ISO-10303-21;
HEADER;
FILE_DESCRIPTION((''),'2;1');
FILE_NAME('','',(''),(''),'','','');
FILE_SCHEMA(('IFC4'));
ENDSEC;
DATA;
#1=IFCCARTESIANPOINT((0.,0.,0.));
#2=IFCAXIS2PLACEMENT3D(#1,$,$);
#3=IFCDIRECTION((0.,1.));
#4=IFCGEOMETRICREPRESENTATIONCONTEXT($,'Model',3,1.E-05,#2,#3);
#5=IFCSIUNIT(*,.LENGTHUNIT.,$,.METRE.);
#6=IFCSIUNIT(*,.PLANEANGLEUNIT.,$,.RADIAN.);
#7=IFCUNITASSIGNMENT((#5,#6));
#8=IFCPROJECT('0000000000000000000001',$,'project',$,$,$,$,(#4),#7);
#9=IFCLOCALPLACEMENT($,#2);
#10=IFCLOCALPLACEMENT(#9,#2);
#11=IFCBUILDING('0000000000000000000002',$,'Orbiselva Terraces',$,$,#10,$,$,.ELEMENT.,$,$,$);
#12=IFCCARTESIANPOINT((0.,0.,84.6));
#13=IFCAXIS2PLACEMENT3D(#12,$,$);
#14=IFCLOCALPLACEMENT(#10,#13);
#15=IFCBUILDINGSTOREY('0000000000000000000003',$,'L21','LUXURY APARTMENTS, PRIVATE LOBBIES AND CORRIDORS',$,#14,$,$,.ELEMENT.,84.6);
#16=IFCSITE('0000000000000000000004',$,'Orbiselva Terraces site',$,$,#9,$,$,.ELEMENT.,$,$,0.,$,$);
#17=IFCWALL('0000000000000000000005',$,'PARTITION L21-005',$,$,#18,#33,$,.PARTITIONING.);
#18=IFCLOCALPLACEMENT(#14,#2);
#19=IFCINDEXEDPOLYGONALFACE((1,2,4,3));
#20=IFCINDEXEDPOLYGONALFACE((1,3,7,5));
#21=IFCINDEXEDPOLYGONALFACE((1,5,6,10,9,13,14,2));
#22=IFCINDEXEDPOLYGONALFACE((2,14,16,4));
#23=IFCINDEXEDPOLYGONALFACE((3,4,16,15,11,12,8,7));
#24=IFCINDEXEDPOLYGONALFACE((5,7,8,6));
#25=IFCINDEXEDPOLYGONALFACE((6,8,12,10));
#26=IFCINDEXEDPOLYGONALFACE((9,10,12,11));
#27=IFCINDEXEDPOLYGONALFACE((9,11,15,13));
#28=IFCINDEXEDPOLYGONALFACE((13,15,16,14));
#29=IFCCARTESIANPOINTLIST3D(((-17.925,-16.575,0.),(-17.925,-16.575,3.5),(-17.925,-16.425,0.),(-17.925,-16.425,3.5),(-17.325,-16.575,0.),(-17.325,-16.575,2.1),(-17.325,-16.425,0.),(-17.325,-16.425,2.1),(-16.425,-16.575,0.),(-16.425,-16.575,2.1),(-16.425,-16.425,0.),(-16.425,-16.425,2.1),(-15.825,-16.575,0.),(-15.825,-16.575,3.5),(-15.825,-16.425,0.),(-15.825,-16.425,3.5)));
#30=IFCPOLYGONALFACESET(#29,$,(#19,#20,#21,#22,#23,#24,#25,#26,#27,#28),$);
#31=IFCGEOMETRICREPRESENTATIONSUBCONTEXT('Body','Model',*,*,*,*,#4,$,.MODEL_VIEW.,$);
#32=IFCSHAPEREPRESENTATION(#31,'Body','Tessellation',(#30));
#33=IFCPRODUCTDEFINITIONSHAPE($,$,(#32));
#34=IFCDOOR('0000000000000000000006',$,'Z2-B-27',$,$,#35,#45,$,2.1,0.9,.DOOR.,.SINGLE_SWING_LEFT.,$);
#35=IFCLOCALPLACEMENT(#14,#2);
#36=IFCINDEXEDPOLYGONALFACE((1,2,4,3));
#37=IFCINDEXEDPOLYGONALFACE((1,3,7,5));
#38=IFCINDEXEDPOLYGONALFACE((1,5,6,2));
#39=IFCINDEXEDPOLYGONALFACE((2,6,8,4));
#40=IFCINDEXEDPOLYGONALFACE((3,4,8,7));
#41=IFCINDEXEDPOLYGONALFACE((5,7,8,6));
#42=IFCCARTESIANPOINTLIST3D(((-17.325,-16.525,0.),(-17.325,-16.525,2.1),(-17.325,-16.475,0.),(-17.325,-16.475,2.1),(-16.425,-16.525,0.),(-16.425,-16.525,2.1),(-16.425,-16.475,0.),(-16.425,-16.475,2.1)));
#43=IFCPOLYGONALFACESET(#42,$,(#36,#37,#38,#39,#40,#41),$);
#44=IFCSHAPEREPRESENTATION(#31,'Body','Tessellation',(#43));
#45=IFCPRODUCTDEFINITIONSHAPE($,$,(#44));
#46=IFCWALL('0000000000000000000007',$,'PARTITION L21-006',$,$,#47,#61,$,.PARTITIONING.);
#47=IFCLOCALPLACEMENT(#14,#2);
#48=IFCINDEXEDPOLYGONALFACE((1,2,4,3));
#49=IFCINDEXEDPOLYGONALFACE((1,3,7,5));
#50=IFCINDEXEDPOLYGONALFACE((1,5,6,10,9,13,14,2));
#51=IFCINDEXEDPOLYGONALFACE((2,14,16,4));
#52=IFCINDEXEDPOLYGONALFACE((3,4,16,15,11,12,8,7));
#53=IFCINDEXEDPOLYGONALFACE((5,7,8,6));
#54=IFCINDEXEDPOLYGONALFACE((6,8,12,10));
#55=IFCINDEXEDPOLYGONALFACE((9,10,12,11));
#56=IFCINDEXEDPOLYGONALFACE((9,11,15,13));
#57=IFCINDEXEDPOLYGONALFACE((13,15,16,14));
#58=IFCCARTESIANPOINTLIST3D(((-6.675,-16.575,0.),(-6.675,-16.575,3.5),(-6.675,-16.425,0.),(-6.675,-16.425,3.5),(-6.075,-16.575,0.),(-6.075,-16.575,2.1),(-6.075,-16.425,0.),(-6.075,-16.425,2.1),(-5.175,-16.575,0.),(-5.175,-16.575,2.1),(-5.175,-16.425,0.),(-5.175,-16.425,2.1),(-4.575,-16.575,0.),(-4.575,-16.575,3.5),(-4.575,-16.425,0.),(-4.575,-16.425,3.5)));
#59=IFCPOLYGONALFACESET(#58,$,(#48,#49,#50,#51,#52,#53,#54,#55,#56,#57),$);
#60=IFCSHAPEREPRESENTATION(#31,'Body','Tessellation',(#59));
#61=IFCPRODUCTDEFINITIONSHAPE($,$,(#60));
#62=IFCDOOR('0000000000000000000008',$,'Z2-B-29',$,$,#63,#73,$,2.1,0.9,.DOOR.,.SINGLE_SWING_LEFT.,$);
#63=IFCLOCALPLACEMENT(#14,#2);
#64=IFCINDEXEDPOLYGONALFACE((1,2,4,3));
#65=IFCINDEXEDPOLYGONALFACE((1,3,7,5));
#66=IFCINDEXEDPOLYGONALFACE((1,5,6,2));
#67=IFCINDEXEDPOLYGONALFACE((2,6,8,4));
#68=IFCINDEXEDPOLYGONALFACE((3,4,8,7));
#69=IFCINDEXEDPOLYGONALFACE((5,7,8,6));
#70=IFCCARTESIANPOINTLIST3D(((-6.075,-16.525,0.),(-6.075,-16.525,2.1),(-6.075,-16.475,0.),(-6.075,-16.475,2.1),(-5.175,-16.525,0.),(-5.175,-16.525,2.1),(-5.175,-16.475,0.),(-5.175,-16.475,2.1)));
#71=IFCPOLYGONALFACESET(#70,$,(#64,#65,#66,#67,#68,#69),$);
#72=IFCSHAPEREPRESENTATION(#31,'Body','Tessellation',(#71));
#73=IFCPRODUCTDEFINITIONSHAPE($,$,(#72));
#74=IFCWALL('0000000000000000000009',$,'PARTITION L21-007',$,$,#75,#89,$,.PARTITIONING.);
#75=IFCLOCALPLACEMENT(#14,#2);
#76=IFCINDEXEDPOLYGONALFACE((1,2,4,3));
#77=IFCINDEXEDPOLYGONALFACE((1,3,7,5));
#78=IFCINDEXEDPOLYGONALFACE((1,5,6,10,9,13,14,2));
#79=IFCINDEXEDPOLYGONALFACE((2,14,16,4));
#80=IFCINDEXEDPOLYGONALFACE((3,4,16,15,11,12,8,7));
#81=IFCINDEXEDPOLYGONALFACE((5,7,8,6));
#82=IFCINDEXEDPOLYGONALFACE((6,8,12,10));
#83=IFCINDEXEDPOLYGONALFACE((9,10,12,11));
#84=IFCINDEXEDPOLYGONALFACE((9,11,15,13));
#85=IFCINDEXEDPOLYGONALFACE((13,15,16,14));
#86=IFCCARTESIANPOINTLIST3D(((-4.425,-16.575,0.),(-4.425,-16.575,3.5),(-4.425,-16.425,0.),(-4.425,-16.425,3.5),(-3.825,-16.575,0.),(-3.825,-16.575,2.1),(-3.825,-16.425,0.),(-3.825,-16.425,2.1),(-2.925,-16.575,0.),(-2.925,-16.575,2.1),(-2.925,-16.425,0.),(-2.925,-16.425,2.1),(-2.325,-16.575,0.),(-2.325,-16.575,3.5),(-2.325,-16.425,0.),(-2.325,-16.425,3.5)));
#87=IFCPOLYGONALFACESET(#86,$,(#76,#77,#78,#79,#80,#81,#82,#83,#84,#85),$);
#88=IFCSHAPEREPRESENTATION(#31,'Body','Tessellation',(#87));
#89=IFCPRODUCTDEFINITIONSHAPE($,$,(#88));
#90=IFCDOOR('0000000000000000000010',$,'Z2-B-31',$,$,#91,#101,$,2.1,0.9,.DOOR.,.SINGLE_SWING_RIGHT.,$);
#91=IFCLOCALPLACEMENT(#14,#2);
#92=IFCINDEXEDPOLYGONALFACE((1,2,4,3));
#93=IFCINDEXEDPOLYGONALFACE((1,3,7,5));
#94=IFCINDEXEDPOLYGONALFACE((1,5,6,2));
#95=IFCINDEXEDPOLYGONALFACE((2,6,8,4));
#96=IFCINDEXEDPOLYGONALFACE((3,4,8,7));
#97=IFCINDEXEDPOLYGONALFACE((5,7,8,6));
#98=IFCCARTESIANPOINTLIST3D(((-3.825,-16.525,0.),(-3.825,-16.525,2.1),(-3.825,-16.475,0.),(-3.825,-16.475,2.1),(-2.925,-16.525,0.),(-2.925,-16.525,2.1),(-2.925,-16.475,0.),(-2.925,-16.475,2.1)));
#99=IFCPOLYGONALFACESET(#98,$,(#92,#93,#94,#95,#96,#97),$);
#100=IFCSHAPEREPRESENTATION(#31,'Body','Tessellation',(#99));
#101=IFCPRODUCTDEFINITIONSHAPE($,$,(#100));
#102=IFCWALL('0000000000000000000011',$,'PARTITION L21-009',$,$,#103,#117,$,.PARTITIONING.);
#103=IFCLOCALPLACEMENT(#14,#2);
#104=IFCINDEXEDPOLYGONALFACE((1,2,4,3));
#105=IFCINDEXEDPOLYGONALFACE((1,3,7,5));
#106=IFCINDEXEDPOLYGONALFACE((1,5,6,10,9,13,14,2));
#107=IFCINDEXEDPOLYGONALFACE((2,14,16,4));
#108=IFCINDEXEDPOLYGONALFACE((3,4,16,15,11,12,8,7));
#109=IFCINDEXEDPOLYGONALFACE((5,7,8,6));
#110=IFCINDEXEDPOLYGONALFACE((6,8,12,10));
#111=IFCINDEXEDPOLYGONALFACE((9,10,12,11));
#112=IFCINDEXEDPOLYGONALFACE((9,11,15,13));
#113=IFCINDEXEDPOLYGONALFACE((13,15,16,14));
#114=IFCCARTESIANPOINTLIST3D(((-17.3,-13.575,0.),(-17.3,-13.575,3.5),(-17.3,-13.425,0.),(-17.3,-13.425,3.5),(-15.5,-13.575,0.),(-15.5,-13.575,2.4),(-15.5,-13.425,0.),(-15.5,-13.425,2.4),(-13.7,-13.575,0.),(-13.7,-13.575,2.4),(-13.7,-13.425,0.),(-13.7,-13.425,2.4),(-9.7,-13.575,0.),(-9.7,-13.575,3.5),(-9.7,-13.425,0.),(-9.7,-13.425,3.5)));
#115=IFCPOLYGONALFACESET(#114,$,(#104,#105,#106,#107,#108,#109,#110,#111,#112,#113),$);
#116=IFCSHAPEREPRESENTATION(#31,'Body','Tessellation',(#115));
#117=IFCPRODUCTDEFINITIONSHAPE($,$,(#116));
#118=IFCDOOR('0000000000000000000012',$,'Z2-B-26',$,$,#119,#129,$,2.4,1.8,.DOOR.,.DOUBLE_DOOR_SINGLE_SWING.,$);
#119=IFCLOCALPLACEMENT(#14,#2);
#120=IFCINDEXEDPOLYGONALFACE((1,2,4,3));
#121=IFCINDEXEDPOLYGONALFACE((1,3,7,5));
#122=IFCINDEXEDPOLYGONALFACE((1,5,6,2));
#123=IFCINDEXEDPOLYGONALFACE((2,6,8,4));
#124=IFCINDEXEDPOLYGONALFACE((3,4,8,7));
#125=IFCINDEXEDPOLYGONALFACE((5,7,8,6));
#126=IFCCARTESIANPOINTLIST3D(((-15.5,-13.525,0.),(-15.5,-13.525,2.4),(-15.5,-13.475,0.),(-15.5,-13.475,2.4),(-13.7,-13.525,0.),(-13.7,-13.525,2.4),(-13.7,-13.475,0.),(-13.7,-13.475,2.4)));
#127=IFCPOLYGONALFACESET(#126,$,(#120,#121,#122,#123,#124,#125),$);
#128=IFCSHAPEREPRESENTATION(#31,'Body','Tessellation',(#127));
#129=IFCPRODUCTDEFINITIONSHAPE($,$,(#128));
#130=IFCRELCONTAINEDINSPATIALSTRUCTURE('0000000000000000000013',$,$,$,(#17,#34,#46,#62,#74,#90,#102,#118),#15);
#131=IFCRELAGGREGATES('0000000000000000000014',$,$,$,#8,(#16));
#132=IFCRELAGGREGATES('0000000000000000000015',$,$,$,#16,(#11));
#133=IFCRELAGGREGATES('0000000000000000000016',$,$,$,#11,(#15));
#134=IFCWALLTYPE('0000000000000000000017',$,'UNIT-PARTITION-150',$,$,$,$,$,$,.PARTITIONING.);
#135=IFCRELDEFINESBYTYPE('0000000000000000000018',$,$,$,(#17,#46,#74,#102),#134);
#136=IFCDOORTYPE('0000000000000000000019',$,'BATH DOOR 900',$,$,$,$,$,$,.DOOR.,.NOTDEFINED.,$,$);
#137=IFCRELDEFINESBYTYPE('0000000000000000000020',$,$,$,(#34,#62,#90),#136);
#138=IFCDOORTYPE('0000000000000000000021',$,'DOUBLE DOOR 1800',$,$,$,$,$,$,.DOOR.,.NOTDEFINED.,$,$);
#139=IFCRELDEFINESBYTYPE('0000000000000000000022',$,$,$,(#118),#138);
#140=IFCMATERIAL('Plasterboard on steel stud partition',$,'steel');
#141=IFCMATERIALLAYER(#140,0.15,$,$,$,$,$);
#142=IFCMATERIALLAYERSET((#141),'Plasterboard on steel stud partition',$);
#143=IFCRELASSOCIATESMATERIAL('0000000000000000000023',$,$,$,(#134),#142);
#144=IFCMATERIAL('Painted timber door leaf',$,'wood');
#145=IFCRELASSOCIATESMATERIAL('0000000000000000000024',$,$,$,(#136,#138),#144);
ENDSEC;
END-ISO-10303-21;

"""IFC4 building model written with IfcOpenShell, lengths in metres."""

from ifc_helpers import new_model, si_unit, direction, frame, frame_2d, origin, place, context, subcontext, project, spatial, rectangle, extrude, material, layer, layer_set, type_object, element, fill, save


model = new_model("IFC4")

# Units and contexts
model_context = context("Model", 3, precision=1e-05, world=origin(), true_north=direction((0.0, 1.0)))
body_context = subcontext(model_context, "Body", "Model", "MODEL_VIEW")
ifc_project = project(units=[si_unit("LENGTHUNIT", "METRE"), si_unit("PLANEANGLEUNIT", "RADIAN")], contexts=[model_context])

# Site, building, storey
site_placement = place(None, origin())
site = spatial("IfcSite", under=ifc_project, at=site_placement, Name="Orbiselva Terraces site", CompositionType="ELEMENT", RefElevation=0.0)
building_placement = place(site_placement, origin())
building = spatial("IfcBuilding", under=site, at=building_placement, Name="Orbiselva Terraces", CompositionType="ELEMENT")
storey_placement = place(building_placement, frame((0.0, 0.0, 84.6)))
storey = spatial("IfcBuildingStorey", under=building, at=storey_placement, Name="L21", Description="LUXURY APARTMENTS, PRIVATE LOBBIES AND CORRIDORS", CompositionType="ELEMENT", Elevation=84.6)

# Walls, openings, doors
ifc_material_1 = material(Name="Plasterboard on steel stud partition", Category="steel")
ifc_layer_1 = layer(ifc_material_1, 0.15)
ifc_layer_set_1 = layer_set([ifc_layer_1], Name="Plasterboard on steel stud partition")
wall_type_1 = type_object("IfcWallType", Name="UNIT-PARTITION-150", PredefinedType="PARTITIONING", material=ifc_layer_set_1)
wall_1_placement = place(storey_placement, frame((-17.925, -16.5, 0.0), z_axis=(0.0, 0.0, 1.0), x_axis=(1.0, 0.0, 0.0)))
wall_1 = element("IfcWall", 1, at=wall_1_placement, inside=storey, type_object=wall_type_1, Name="PARTITION L21-005", PredefinedType="PARTITIONING", context=body_context, shape_type="SweptSolid", body=[
    extrude(rectangle(XDim=2.1, YDim=0.15, at=frame_2d((1.05, 0.0))), origin(), (0.0, 0.0, 1.0), 3.5),
])
opening_1_placement = place(wall_1_placement, frame((0.6, 0.0, 0.0)))
opening_1 = element("IfcOpeningElement", 2, at=opening_1_placement, cuts=wall_1, PredefinedType="OPENING", context=body_context, shape_type="SweptSolid", body=[
    extrude(rectangle(XDim=0.9, YDim=2.1, at=frame_2d((0.45, 1.05))), frame((0.0, 0.085, 0.0), z_axis=(0.0, -1.0, 0.0), x_axis=(1.0, 0.0, 0.0)), (0.0, 0.0, 1.0), 0.17),
])
ifc_material_2 = material(Name="Painted timber door leaf", Category="wood")
door_type_1 = type_object("IfcDoorType", Name="BATH DOOR 900", OperationType="NOTDEFINED", PredefinedType="DOOR", material=ifc_material_2)
door_1_placement = place(opening_1_placement, origin())
door_1 = element("IfcDoor", 3, at=door_1_placement, inside=storey, type_object=door_type_1, Name="Z2-B-27", OperationType="SINGLE_SWING_LEFT", OverallHeight=2.1, OverallWidth=0.9, PredefinedType="DOOR", context=body_context, shape_type="SweptSolid", body=[
    extrude(rectangle(XDim=0.9, YDim=2.1, at=frame_2d((0.45, 1.05))), frame((0.0, 0.025, 0.0), z_axis=(0.0, -1.0, 0.0), x_axis=(1.0, 0.0, 0.0)), (0.0, 0.0, 1.0), 0.05),
])
fill(opening_1, door_1)
wall_2_placement = place(storey_placement, frame((-6.675, -16.5, 0.0), z_axis=(0.0, 0.0, 1.0), x_axis=(1.0, 0.0, 0.0)))
wall_2 = element("IfcWall", 4, at=wall_2_placement, inside=storey, type_object=wall_type_1, Name="PARTITION L21-006", PredefinedType="PARTITIONING", context=body_context, shape_type="SweptSolid", body=[
    extrude(rectangle(XDim=2.1, YDim=0.15, at=frame_2d((1.05, 0.0))), origin(), (0.0, 0.0, 1.0), 3.5),
])
opening_2_placement = place(wall_2_placement, frame((0.6, 0.0, 0.0)))
opening_2 = element("IfcOpeningElement", 5, at=opening_2_placement, cuts=wall_2, PredefinedType="OPENING", context=body_context, shape_type="SweptSolid", body=[
    extrude(rectangle(XDim=0.9, YDim=2.1, at=frame_2d((0.45, 1.05))), frame((0.0, 0.085, 0.0), z_axis=(0.0, -1.0, 0.0), x_axis=(1.0, 0.0, 0.0)), (0.0, 0.0, 1.0), 0.17),
])
door_2_placement = place(opening_2_placement, origin())
door_2 = element("IfcDoor", 6, at=door_2_placement, inside=storey, type_object=door_type_1, Name="Z2-B-29", OperationType="SINGLE_SWING_LEFT", OverallHeight=2.1, OverallWidth=0.9, PredefinedType="DOOR", context=body_context, shape_type="SweptSolid", body=[
    extrude(rectangle(XDim=0.9, YDim=2.1, at=frame_2d((0.45, 1.05))), frame((0.0, 0.025, 0.0), z_axis=(0.0, -1.0, 0.0), x_axis=(1.0, 0.0, 0.0)), (0.0, 0.0, 1.0), 0.05),
])
fill(opening_2, door_2)
wall_3_placement = place(storey_placement, frame((-4.425, -16.5, 0.0), z_axis=(0.0, 0.0, 1.0), x_axis=(1.0, 0.0, 0.0)))
wall_3 = element("IfcWall", 7, at=wall_3_placement, inside=storey, type_object=wall_type_1, Name="PARTITION L21-007", PredefinedType="PARTITIONING", context=body_context, shape_type="SweptSolid", body=[
    extrude(rectangle(XDim=2.1, YDim=0.15, at=frame_2d((1.05, 0.0))), origin(), (0.0, 0.0, 1.0), 3.5),
])
opening_3_placement = place(wall_3_placement, frame((0.6, 0.0, 0.0)))
opening_3 = element("IfcOpeningElement", 8, at=opening_3_placement, cuts=wall_3, PredefinedType="OPENING", context=body_context, shape_type="SweptSolid", body=[
    extrude(rectangle(XDim=0.9, YDim=2.1, at=frame_2d((0.45, 1.05))), frame((0.0, 0.085, 0.0), z_axis=(0.0, -1.0, 0.0), x_axis=(1.0, 0.0, 0.0)), (0.0, 0.0, 1.0), 0.17),
])
door_3_placement = place(opening_3_placement, origin())
door_3 = element("IfcDoor", 9, at=door_3_placement, inside=storey, type_object=door_type_1, Name="Z2-B-31", OperationType="SINGLE_SWING_RIGHT", OverallHeight=2.1, OverallWidth=0.9, PredefinedType="DOOR", context=body_context, shape_type="SweptSolid", body=[
    extrude(rectangle(XDim=0.9, YDim=2.1, at=frame_2d((0.45, 1.05))), frame((0.0, 0.025, 0.0), z_axis=(0.0, -1.0, 0.0), x_axis=(1.0, 0.0, 0.0)), (0.0, 0.0, 1.0), 0.05),
])
fill(opening_3, door_3)
wall_4_placement = place(storey_placement, frame((-9.7, -13.5, 0.0), z_axis=(0.0, 0.0, 1.0), x_axis=(-1.0, 0.0, 0.0)))
wall_4 = element("IfcWall", 10, at=wall_4_placement, inside=storey, type_object=wall_type_1, Name="PARTITION L21-009", PredefinedType="PARTITIONING", context=body_context, shape_type="SweptSolid", body=[
    extrude(rectangle(XDim=7.6, YDim=0.15, at=frame_2d((3.8, 0.0))), origin(), (0.0, 0.0, 1.0), 3.5),
])
opening_4_placement = place(wall_4_placement, frame((4.0, 0.0, 0.0)))
opening_4 = element("IfcOpeningElement", 11, at=opening_4_placement, cuts=wall_4, PredefinedType="OPENING", context=body_context, shape_type="SweptSolid", body=[
    extrude(rectangle(XDim=1.8, YDim=2.4, at=frame_2d((0.9, 1.2))), frame((0.0, 0.085, 0.0), z_axis=(0.0, -1.0, 0.0), x_axis=(1.0, 0.0, 0.0)), (0.0, 0.0, 1.0), 0.17),
])
door_type_2 = type_object("IfcDoorType", Name="DOUBLE DOOR 1800", OperationType="NOTDEFINED", PredefinedType="DOOR", material=ifc_material_2)
door_4_placement = place(opening_4_placement, origin())
door_4 = element("IfcDoor", 12, at=door_4_placement, inside=storey, type_object=door_type_2, Name="Z2-B-26", OperationType="DOUBLE_DOOR_SINGLE_SWING", OverallHeight=2.4, OverallWidth=1.8, PredefinedType="DOOR", context=body_context, shape_type="SweptSolid", body=[
    extrude(rectangle(XDim=1.8, YDim=2.4, at=frame_2d((0.9, 1.2))), frame((0.0, 0.025, 0.0), z_axis=(0.0, -1.0, 0.0), x_axis=(1.0, 0.0, 0.0)), (0.0, 0.0, 1.0), 0.05),
])
fill(opening_4, door_4)

save(model, "model.ifc")
